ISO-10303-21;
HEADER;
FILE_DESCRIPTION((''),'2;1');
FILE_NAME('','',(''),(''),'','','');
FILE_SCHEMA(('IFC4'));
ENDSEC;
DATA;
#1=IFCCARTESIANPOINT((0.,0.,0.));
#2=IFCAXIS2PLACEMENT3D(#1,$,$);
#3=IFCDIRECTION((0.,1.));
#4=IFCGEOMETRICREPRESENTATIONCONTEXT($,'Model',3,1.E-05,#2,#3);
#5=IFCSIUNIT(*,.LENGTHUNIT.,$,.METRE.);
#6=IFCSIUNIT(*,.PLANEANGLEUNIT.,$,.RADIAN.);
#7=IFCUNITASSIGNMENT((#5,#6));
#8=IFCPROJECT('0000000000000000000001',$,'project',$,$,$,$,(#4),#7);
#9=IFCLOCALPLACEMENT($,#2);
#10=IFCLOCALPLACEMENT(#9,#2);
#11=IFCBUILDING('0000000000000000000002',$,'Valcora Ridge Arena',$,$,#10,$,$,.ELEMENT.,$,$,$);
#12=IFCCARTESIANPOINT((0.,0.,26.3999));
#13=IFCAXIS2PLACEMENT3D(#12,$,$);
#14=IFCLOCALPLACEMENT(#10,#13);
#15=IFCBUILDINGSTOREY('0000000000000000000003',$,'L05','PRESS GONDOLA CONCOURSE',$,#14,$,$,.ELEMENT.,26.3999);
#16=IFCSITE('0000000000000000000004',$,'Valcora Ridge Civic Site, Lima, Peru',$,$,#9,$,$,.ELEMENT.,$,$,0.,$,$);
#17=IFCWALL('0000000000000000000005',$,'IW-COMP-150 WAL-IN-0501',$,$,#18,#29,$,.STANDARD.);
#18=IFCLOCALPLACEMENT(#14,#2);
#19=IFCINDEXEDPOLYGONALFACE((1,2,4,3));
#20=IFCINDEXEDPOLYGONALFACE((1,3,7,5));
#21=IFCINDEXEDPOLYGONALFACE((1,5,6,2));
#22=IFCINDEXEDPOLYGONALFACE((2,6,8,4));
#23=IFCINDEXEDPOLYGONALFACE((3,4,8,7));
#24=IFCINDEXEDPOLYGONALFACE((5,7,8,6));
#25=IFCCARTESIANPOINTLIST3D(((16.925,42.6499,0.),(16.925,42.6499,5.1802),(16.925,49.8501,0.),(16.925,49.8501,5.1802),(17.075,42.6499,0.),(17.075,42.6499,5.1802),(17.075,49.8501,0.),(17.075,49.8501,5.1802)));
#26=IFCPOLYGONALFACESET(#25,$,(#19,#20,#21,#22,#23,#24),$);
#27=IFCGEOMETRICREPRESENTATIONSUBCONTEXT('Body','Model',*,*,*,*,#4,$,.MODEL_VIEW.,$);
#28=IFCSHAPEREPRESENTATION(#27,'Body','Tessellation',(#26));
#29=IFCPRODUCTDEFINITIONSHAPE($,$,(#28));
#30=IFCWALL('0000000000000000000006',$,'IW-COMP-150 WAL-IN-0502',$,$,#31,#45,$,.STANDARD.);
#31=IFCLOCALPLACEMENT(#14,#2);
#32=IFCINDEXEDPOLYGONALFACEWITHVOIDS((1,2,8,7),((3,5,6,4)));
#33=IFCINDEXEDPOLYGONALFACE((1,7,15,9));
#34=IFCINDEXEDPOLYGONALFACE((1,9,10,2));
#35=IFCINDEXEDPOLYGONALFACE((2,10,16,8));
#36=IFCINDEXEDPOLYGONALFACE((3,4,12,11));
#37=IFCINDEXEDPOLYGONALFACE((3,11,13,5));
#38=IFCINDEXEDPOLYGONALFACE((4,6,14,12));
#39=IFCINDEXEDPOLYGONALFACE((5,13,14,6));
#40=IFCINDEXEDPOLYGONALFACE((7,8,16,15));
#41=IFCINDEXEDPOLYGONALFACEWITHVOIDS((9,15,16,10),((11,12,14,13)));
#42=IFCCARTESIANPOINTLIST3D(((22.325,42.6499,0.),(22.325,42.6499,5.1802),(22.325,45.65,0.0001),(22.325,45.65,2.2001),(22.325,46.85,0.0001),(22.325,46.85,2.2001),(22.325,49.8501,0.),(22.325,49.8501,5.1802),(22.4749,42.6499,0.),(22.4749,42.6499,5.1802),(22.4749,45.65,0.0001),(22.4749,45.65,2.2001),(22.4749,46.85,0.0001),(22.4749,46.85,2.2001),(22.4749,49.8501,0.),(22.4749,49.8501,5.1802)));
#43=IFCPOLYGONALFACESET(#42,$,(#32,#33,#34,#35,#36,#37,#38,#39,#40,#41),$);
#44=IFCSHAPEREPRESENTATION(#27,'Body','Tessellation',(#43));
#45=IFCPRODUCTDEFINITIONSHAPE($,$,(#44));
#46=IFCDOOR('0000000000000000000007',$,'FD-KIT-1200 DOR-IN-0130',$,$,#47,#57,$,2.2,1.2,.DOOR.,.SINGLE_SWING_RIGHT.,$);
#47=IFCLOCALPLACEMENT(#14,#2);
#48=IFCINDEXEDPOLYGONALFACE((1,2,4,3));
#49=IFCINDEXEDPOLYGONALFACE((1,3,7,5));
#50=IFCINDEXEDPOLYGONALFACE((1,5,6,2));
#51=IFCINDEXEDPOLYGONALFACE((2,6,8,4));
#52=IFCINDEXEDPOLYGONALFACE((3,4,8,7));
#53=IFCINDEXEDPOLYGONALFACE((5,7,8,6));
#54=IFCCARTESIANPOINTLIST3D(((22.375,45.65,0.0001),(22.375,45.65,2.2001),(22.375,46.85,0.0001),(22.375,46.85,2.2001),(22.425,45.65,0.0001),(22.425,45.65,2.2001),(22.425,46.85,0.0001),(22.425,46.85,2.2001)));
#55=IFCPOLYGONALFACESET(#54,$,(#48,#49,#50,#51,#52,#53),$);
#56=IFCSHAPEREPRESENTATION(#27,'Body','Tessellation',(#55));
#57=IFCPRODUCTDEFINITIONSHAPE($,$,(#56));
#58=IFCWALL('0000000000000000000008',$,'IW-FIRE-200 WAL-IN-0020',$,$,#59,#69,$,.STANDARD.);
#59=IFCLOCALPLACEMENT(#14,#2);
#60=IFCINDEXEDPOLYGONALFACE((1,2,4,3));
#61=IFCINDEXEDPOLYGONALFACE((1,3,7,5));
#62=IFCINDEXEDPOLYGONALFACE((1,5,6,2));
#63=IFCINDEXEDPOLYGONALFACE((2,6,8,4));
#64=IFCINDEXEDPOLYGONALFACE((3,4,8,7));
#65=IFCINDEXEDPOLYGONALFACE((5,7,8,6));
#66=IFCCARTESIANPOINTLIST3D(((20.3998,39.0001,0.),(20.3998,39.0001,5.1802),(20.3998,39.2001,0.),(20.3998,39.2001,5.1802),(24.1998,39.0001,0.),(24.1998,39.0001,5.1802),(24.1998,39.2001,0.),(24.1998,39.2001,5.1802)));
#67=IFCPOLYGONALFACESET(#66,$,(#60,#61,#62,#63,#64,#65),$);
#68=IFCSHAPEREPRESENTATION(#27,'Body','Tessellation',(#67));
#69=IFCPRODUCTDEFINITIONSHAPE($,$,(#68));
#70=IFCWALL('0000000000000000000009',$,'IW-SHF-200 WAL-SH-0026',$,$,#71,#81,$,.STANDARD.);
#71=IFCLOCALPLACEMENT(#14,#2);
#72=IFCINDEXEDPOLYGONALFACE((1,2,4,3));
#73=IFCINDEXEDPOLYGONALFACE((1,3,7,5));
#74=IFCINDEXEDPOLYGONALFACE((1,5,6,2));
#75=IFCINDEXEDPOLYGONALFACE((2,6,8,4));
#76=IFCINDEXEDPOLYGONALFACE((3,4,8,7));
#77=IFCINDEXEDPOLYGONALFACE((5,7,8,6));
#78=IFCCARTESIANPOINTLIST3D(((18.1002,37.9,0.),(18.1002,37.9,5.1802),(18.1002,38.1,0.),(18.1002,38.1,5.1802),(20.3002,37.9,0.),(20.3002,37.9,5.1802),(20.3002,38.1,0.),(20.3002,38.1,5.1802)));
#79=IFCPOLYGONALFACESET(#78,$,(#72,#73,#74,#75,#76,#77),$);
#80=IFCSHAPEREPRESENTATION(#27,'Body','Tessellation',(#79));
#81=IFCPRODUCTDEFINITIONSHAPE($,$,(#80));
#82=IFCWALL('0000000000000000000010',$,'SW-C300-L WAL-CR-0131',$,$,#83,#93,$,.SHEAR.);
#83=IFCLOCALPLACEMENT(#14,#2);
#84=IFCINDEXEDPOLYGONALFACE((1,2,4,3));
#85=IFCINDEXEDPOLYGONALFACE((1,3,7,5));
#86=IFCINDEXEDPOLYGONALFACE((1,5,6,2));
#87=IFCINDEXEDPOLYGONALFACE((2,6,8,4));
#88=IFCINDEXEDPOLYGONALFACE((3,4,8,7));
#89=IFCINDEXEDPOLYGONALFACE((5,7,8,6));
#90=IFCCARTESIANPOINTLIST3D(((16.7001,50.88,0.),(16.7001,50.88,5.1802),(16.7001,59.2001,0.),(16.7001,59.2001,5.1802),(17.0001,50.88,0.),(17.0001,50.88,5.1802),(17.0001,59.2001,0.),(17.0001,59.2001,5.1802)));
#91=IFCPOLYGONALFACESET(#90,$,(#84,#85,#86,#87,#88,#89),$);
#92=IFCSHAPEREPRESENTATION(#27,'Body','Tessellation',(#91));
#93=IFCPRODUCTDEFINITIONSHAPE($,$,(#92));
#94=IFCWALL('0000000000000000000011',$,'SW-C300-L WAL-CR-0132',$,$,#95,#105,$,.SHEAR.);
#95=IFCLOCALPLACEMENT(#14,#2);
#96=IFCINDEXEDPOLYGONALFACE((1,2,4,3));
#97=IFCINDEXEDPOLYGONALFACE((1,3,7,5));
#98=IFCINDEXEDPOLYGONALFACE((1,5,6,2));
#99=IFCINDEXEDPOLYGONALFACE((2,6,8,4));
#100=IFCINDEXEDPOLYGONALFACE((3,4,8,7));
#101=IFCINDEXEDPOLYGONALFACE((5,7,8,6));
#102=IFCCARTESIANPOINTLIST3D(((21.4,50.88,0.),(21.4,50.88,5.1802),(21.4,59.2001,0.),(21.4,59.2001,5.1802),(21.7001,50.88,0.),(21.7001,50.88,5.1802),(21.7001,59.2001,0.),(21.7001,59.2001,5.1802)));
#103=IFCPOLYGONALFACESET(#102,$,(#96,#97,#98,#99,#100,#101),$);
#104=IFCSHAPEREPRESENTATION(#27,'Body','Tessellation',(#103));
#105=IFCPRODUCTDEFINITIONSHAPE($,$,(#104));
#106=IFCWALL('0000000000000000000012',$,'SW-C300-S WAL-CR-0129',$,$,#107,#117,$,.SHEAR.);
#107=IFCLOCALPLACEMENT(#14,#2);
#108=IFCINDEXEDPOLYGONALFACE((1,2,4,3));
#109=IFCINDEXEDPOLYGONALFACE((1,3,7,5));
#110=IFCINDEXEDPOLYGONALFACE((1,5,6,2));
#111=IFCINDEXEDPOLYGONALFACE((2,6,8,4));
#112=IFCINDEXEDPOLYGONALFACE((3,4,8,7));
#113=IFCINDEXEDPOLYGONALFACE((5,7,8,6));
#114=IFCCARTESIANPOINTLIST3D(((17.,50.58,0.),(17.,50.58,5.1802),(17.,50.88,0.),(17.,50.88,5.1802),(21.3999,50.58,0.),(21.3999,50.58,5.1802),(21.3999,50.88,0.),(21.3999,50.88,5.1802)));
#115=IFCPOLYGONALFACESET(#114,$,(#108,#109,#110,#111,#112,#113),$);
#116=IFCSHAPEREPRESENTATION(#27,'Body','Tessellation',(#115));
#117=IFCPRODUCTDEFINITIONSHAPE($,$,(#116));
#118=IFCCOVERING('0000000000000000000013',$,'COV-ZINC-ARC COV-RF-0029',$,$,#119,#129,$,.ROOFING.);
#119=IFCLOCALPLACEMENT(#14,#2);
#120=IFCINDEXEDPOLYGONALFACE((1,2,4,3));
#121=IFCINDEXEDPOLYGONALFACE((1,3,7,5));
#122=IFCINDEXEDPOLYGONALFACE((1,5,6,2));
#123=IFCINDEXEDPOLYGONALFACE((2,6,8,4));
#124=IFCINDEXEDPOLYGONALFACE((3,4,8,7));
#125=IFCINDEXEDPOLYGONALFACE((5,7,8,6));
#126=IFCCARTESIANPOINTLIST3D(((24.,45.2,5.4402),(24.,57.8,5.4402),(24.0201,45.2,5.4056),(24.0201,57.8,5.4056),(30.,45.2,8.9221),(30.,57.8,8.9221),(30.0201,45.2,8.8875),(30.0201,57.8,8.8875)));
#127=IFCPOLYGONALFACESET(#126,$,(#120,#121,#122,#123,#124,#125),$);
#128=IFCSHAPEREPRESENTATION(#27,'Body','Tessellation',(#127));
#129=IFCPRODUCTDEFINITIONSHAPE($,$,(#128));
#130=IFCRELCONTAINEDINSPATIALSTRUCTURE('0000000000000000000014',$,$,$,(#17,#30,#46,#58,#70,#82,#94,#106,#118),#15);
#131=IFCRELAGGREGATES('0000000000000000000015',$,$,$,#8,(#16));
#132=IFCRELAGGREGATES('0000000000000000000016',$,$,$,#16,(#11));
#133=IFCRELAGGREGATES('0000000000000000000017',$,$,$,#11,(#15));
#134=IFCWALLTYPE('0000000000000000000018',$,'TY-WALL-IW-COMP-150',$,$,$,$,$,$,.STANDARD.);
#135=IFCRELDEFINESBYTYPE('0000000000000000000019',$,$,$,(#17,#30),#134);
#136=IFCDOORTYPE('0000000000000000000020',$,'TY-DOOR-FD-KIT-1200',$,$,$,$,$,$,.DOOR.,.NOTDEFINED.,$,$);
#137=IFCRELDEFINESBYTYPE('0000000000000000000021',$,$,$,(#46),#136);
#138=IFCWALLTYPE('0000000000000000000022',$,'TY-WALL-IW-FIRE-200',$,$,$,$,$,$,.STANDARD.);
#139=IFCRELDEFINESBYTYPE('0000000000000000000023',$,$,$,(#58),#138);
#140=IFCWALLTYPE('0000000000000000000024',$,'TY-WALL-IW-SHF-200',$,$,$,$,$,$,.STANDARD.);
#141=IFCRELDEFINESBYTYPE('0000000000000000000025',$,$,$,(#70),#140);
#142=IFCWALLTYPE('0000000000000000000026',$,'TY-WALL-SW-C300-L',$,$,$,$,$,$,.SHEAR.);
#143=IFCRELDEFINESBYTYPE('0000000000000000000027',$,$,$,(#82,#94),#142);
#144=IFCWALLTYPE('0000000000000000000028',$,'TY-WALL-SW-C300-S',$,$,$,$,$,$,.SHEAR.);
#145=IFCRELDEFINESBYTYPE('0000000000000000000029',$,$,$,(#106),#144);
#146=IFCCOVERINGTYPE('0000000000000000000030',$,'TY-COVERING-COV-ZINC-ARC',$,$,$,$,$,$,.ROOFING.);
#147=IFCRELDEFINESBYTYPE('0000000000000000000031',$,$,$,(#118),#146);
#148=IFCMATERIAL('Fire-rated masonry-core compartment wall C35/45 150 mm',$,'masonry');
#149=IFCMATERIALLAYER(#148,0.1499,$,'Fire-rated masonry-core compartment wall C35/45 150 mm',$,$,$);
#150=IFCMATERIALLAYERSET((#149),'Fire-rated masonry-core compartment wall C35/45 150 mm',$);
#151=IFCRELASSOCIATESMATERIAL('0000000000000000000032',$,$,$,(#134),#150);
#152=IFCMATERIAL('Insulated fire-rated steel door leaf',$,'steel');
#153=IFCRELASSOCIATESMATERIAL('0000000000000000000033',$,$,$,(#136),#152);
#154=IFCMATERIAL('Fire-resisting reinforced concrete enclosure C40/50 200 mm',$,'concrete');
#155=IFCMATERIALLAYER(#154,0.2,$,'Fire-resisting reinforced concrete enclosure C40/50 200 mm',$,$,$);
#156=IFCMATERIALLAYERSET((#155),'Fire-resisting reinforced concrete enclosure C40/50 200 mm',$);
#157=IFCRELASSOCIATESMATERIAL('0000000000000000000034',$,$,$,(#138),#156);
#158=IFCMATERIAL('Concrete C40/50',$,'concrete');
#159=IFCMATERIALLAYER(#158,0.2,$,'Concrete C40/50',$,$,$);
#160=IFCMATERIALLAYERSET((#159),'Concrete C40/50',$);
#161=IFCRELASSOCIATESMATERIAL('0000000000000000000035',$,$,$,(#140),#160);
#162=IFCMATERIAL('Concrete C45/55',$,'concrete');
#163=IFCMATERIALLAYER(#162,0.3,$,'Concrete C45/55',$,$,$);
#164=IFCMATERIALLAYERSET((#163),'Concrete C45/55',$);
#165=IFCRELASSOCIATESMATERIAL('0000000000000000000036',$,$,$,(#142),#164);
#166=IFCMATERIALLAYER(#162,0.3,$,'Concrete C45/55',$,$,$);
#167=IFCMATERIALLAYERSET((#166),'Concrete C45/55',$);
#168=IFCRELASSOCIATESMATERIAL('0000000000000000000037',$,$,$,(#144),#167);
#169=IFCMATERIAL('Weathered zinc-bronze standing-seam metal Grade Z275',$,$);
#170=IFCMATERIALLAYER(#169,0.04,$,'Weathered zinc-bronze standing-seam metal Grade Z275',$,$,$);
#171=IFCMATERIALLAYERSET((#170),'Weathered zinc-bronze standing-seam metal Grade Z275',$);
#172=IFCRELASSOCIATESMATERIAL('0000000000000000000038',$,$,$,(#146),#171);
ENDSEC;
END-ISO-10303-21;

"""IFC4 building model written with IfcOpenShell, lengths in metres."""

from ifc_helpers import new_model, si_unit, direction, frame, frame_2d, origin, place, context, subcontext, project, spatial, polyline, rectangle, outline, extrude, material, layer, layer_set, type_object, element, fill, save


model = new_model("IFC4")

# Units and contexts
model_context = context("Model", 3, precision=1e-05, world=origin(), true_north=direction((0.0, 1.0)))
body_context = subcontext(model_context, "Body", "Model", "MODEL_VIEW")
ifc_project = project(units=[si_unit("LENGTHUNIT", "METRE"), si_unit("PLANEANGLEUNIT", "RADIAN")], contexts=[model_context])

# Site, building, storey
site_placement = place(None, origin())
site = spatial("IfcSite", under=ifc_project, at=site_placement, Name="Valcora Ridge Civic Site, Lima, Peru", CompositionType="ELEMENT", RefElevation=0.0)
building_placement = place(site_placement, origin())
building = spatial("IfcBuilding", under=site, at=building_placement, Name="Valcora Ridge Arena", CompositionType="ELEMENT")
storey_placement = place(building_placement, frame((0.0, 0.0, 26.3999)))
storey = spatial("IfcBuildingStorey", under=building, at=storey_placement, Name="L05", Description="PRESS GONDOLA CONCOURSE", CompositionType="ELEMENT", Elevation=26.3999)

# Shared definitions
ifc_material_1 = material(Name="Concrete C40/50", Category="concrete")

# Wall
ifc_material_2 = material(Name="Fire-rated masonry-core compartment wall C35/45 150 mm", Category="masonry")
ifc_layer_1 = layer(ifc_material_2, 0.1499, Name="Fire-rated masonry-core compartment wall C35/45 150 mm")
ifc_layer_set_1 = layer_set([ifc_layer_1], Name="Fire-rated masonry-core compartment wall C35/45 150 mm")
wall_type_1 = type_object("IfcWallType", Name="TY-WALL-IW-COMP-150", PredefinedType="STANDARD", material=ifc_layer_set_1)
wall_1_placement = place(storey_placement, frame((17.0, 42.6499, 0.0), z_axis=(0.0, 0.0, 1.0), x_axis=(0.0, 1.0, 0.0)))
element("IfcWall", 1, at=wall_1_placement, inside=storey, type_object=wall_type_1, Name="IW-COMP-150 WAL-IN-0501", PredefinedType="STANDARD", context=body_context, shape_type="SweptSolid", body=[
    extrude(rectangle(XDim=7.2002, YDim=0.1499, at=frame_2d((3.6001, 0.0))), origin(), (0.0, 0.0, 1.0), 5.1802),
])

# Wall, opening, door
wall_2_placement = place(storey_placement, frame((22.3999, 42.6499, 0.0), z_axis=(0.0, 0.0, 1.0), x_axis=(0.0, 1.0, 0.0)))
wall_2 = element("IfcWall", 2, at=wall_2_placement, inside=storey, type_object=wall_type_1, Name="IW-COMP-150 WAL-IN-0502", PredefinedType="STANDARD", context=body_context, shape_type="SweptSolid", body=[
    extrude(rectangle(XDim=7.2002, YDim=0.1499, at=frame_2d((3.6001, 0.0))), origin(), (0.0, 0.0, 1.0), 5.1802),
])
opening_1_placement = place(wall_2_placement, frame((3.0, 0.0, 0.0)))
opening_1 = element("IfcOpeningElement", 3, at=opening_1_placement, cuts=wall_2, PredefinedType="OPENING", context=body_context, shape_type="SweptSolid", body=[
    extrude(rectangle(XDim=1.2, YDim=2.2, at=frame_2d((0.6001, 1.1001))), frame((0.0, 0.085, 0.0), z_axis=(0.0, -1.0, 0.0), x_axis=(1.0, 0.0, 0.0)), (0.0, 0.0, 1.0), 0.1699),
])
ifc_material_3 = material(Name="Insulated fire-rated steel door leaf", Category="steel")
door_type_1 = type_object("IfcDoorType", Name="TY-DOOR-FD-KIT-1200", OperationType="NOTDEFINED", PredefinedType="DOOR", material=ifc_material_3)
door_1_placement = place(opening_1_placement, origin())
door_1 = element("IfcDoor", 4, at=door_1_placement, inside=storey, type_object=door_type_1, Name="FD-KIT-1200 DOR-IN-0130", OperationType="SINGLE_SWING_RIGHT", OverallHeight=2.2, OverallWidth=1.2, PredefinedType="DOOR", context=body_context, shape_type="SweptSolid", body=[
    extrude(rectangle(XDim=1.2, YDim=2.2, at=frame_2d((0.6001, 1.1001))), frame((0.0, 0.0249, 0.0), z_axis=(0.0, -1.0, 0.0), x_axis=(1.0, 0.0, 0.0)), (0.0, 0.0, 1.0), 0.05),
])
fill(opening_1, door_1)

# Walls
ifc_material_4 = material(Name="Fire-resisting reinforced concrete enclosure C40/50 200 mm", Category="concrete")
ifc_layer_2 = layer(ifc_material_4, 0.2, Name="Fire-resisting reinforced concrete enclosure C40/50 200 mm")
ifc_layer_set_2 = layer_set([ifc_layer_2], Name="Fire-resisting reinforced concrete enclosure C40/50 200 mm")
wall_type_2 = type_object("IfcWallType", Name="TY-WALL-IW-FIRE-200", PredefinedType="STANDARD", material=ifc_layer_set_2)
wall_3_placement = place(storey_placement, frame((20.3999, 39.1001, 0.0), z_axis=(0.0, 0.0, 1.0), x_axis=(1.0, 0.0, 0.0)))
element("IfcWall", 5, at=wall_3_placement, inside=storey, type_object=wall_type_2, Name="IW-FIRE-200 WAL-IN-0020", PredefinedType="STANDARD", context=body_context, shape_type="SweptSolid", body=[
    extrude(rectangle(XDim=3.8, YDim=0.2, at=frame_2d((1.8999, 0.0))), origin(), (0.0, 0.0, 1.0), 5.1802),
])
ifc_layer_3 = layer(ifc_material_1, 0.2, Name="Concrete C40/50")
ifc_layer_set_3 = layer_set([ifc_layer_3], Name="Concrete C40/50")
wall_type_3 = type_object("IfcWallType", Name="TY-WALL-IW-SHF-200", PredefinedType="STANDARD", material=ifc_layer_set_3)
wall_4_placement = place(storey_placement, frame((18.1001, 38.0, 0.0), z_axis=(0.0, 0.0, 1.0), x_axis=(1.0, 0.0, 0.0)))
element("IfcWall", 6, at=wall_4_placement, inside=storey, type_object=wall_type_3, Name="IW-SHF-200 WAL-SH-0026", PredefinedType="STANDARD", context=body_context, shape_type="SweptSolid", body=[
    extrude(rectangle(XDim=2.2, YDim=0.2, at=frame_2d((1.1001, 0.0))), origin(), (0.0, 0.0, 1.0), 5.1802),
])

# Walls
ifc_material_5 = material(Name="Concrete C45/55", Category="concrete")
ifc_layer_4 = layer(ifc_material_5, 0.3, Name="Concrete C45/55")
ifc_layer_set_4 = layer_set([ifc_layer_4], Name="Concrete C45/55")
wall_type_4 = type_object("IfcWallType", Name="TY-WALL-SW-C300-L", PredefinedType="SHEAR", material=ifc_layer_set_4)
for number, where, z_axis, x_axis, name in (
    (7, (16.8501, 50.8799, 0.0), (0.0, 0.0, 1.0), (0.0, 1.0, 0.0), "SW-C300-L WAL-CR-0131"),
    (8, (21.55, 50.8799, 0.0), (0.0, 0.0, 1.0), (0.0, 1.0, 0.0), "SW-C300-L WAL-CR-0132"),
):
    element("IfcWall", number, at=place(storey_placement, frame(where, z_axis=z_axis, x_axis=x_axis)), inside=storey, type_object=wall_type_4, Name=name, PredefinedType="SHEAR", context=body_context, shape_type="SweptSolid", body=[
        extrude(rectangle(XDim=8.3201, YDim=0.3, at=frame_2d((4.1602, 0.0))), origin(), (0.0, 0.0, 1.0), 5.1802),
    ])
ifc_layer_5 = layer(ifc_material_5, 0.3, Name="Concrete C45/55")
ifc_layer_set_5 = layer_set([ifc_layer_5], Name="Concrete C45/55")
wall_type_5 = type_object("IfcWallType", Name="TY-WALL-SW-C300-S", PredefinedType="SHEAR", material=ifc_layer_set_5)
wall_5_placement = place(storey_placement, frame((17.0, 50.73, 0.0), z_axis=(0.0, 0.0, 1.0), x_axis=(1.0, 0.0, 0.0)))
element("IfcWall", 9, at=wall_5_placement, inside=storey, type_object=wall_type_5, Name="SW-C300-S WAL-CR-0129", PredefinedType="SHEAR", context=body_context, shape_type="SweptSolid", body=[
    extrude(rectangle(XDim=4.3999, YDim=0.3, at=frame_2d((2.2, 0.0))), origin(), (0.0, 0.0, 1.0), 5.1802),
])

# Covering
ifc_material_6 = material(Name="Weathered zinc-bronze standing-seam metal Grade Z275")
ifc_layer_6 = layer(ifc_material_6, 0.04, Name="Weathered zinc-bronze standing-seam metal Grade Z275")
ifc_layer_set_6 = layer_set([ifc_layer_6], Name="Weathered zinc-bronze standing-seam metal Grade Z275")
covering_type = type_object("IfcCoveringType", Name="TY-COVERING-COV-ZINC-ARC", PredefinedType="ROOFING", material=ifc_layer_set_6)
covering_placement = place(storey_placement, frame((24.0, 45.2, 5.4402), z_axis=(-0.501927, 0.0, 0.86491), x_axis=(0.86491, 0.0, 0.501927)))
element("IfcCovering", 10, at=covering_placement, inside=storey, type_object=covering_type, Name="COV-ZINC-ARC COV-RF-0029", PredefinedType="ROOFING", context=body_context, shape_type="SweptSolid", body=[
    extrude(outline(polyline([(0.0, 0.0), (6.9371, 0.0), (6.9371, 12.6001), (0.0, 12.6001), (0.0, 0.0)])), origin(), (0.0, 0.0, -1.0), 0.04),
])

save(model, "model.ifc")
